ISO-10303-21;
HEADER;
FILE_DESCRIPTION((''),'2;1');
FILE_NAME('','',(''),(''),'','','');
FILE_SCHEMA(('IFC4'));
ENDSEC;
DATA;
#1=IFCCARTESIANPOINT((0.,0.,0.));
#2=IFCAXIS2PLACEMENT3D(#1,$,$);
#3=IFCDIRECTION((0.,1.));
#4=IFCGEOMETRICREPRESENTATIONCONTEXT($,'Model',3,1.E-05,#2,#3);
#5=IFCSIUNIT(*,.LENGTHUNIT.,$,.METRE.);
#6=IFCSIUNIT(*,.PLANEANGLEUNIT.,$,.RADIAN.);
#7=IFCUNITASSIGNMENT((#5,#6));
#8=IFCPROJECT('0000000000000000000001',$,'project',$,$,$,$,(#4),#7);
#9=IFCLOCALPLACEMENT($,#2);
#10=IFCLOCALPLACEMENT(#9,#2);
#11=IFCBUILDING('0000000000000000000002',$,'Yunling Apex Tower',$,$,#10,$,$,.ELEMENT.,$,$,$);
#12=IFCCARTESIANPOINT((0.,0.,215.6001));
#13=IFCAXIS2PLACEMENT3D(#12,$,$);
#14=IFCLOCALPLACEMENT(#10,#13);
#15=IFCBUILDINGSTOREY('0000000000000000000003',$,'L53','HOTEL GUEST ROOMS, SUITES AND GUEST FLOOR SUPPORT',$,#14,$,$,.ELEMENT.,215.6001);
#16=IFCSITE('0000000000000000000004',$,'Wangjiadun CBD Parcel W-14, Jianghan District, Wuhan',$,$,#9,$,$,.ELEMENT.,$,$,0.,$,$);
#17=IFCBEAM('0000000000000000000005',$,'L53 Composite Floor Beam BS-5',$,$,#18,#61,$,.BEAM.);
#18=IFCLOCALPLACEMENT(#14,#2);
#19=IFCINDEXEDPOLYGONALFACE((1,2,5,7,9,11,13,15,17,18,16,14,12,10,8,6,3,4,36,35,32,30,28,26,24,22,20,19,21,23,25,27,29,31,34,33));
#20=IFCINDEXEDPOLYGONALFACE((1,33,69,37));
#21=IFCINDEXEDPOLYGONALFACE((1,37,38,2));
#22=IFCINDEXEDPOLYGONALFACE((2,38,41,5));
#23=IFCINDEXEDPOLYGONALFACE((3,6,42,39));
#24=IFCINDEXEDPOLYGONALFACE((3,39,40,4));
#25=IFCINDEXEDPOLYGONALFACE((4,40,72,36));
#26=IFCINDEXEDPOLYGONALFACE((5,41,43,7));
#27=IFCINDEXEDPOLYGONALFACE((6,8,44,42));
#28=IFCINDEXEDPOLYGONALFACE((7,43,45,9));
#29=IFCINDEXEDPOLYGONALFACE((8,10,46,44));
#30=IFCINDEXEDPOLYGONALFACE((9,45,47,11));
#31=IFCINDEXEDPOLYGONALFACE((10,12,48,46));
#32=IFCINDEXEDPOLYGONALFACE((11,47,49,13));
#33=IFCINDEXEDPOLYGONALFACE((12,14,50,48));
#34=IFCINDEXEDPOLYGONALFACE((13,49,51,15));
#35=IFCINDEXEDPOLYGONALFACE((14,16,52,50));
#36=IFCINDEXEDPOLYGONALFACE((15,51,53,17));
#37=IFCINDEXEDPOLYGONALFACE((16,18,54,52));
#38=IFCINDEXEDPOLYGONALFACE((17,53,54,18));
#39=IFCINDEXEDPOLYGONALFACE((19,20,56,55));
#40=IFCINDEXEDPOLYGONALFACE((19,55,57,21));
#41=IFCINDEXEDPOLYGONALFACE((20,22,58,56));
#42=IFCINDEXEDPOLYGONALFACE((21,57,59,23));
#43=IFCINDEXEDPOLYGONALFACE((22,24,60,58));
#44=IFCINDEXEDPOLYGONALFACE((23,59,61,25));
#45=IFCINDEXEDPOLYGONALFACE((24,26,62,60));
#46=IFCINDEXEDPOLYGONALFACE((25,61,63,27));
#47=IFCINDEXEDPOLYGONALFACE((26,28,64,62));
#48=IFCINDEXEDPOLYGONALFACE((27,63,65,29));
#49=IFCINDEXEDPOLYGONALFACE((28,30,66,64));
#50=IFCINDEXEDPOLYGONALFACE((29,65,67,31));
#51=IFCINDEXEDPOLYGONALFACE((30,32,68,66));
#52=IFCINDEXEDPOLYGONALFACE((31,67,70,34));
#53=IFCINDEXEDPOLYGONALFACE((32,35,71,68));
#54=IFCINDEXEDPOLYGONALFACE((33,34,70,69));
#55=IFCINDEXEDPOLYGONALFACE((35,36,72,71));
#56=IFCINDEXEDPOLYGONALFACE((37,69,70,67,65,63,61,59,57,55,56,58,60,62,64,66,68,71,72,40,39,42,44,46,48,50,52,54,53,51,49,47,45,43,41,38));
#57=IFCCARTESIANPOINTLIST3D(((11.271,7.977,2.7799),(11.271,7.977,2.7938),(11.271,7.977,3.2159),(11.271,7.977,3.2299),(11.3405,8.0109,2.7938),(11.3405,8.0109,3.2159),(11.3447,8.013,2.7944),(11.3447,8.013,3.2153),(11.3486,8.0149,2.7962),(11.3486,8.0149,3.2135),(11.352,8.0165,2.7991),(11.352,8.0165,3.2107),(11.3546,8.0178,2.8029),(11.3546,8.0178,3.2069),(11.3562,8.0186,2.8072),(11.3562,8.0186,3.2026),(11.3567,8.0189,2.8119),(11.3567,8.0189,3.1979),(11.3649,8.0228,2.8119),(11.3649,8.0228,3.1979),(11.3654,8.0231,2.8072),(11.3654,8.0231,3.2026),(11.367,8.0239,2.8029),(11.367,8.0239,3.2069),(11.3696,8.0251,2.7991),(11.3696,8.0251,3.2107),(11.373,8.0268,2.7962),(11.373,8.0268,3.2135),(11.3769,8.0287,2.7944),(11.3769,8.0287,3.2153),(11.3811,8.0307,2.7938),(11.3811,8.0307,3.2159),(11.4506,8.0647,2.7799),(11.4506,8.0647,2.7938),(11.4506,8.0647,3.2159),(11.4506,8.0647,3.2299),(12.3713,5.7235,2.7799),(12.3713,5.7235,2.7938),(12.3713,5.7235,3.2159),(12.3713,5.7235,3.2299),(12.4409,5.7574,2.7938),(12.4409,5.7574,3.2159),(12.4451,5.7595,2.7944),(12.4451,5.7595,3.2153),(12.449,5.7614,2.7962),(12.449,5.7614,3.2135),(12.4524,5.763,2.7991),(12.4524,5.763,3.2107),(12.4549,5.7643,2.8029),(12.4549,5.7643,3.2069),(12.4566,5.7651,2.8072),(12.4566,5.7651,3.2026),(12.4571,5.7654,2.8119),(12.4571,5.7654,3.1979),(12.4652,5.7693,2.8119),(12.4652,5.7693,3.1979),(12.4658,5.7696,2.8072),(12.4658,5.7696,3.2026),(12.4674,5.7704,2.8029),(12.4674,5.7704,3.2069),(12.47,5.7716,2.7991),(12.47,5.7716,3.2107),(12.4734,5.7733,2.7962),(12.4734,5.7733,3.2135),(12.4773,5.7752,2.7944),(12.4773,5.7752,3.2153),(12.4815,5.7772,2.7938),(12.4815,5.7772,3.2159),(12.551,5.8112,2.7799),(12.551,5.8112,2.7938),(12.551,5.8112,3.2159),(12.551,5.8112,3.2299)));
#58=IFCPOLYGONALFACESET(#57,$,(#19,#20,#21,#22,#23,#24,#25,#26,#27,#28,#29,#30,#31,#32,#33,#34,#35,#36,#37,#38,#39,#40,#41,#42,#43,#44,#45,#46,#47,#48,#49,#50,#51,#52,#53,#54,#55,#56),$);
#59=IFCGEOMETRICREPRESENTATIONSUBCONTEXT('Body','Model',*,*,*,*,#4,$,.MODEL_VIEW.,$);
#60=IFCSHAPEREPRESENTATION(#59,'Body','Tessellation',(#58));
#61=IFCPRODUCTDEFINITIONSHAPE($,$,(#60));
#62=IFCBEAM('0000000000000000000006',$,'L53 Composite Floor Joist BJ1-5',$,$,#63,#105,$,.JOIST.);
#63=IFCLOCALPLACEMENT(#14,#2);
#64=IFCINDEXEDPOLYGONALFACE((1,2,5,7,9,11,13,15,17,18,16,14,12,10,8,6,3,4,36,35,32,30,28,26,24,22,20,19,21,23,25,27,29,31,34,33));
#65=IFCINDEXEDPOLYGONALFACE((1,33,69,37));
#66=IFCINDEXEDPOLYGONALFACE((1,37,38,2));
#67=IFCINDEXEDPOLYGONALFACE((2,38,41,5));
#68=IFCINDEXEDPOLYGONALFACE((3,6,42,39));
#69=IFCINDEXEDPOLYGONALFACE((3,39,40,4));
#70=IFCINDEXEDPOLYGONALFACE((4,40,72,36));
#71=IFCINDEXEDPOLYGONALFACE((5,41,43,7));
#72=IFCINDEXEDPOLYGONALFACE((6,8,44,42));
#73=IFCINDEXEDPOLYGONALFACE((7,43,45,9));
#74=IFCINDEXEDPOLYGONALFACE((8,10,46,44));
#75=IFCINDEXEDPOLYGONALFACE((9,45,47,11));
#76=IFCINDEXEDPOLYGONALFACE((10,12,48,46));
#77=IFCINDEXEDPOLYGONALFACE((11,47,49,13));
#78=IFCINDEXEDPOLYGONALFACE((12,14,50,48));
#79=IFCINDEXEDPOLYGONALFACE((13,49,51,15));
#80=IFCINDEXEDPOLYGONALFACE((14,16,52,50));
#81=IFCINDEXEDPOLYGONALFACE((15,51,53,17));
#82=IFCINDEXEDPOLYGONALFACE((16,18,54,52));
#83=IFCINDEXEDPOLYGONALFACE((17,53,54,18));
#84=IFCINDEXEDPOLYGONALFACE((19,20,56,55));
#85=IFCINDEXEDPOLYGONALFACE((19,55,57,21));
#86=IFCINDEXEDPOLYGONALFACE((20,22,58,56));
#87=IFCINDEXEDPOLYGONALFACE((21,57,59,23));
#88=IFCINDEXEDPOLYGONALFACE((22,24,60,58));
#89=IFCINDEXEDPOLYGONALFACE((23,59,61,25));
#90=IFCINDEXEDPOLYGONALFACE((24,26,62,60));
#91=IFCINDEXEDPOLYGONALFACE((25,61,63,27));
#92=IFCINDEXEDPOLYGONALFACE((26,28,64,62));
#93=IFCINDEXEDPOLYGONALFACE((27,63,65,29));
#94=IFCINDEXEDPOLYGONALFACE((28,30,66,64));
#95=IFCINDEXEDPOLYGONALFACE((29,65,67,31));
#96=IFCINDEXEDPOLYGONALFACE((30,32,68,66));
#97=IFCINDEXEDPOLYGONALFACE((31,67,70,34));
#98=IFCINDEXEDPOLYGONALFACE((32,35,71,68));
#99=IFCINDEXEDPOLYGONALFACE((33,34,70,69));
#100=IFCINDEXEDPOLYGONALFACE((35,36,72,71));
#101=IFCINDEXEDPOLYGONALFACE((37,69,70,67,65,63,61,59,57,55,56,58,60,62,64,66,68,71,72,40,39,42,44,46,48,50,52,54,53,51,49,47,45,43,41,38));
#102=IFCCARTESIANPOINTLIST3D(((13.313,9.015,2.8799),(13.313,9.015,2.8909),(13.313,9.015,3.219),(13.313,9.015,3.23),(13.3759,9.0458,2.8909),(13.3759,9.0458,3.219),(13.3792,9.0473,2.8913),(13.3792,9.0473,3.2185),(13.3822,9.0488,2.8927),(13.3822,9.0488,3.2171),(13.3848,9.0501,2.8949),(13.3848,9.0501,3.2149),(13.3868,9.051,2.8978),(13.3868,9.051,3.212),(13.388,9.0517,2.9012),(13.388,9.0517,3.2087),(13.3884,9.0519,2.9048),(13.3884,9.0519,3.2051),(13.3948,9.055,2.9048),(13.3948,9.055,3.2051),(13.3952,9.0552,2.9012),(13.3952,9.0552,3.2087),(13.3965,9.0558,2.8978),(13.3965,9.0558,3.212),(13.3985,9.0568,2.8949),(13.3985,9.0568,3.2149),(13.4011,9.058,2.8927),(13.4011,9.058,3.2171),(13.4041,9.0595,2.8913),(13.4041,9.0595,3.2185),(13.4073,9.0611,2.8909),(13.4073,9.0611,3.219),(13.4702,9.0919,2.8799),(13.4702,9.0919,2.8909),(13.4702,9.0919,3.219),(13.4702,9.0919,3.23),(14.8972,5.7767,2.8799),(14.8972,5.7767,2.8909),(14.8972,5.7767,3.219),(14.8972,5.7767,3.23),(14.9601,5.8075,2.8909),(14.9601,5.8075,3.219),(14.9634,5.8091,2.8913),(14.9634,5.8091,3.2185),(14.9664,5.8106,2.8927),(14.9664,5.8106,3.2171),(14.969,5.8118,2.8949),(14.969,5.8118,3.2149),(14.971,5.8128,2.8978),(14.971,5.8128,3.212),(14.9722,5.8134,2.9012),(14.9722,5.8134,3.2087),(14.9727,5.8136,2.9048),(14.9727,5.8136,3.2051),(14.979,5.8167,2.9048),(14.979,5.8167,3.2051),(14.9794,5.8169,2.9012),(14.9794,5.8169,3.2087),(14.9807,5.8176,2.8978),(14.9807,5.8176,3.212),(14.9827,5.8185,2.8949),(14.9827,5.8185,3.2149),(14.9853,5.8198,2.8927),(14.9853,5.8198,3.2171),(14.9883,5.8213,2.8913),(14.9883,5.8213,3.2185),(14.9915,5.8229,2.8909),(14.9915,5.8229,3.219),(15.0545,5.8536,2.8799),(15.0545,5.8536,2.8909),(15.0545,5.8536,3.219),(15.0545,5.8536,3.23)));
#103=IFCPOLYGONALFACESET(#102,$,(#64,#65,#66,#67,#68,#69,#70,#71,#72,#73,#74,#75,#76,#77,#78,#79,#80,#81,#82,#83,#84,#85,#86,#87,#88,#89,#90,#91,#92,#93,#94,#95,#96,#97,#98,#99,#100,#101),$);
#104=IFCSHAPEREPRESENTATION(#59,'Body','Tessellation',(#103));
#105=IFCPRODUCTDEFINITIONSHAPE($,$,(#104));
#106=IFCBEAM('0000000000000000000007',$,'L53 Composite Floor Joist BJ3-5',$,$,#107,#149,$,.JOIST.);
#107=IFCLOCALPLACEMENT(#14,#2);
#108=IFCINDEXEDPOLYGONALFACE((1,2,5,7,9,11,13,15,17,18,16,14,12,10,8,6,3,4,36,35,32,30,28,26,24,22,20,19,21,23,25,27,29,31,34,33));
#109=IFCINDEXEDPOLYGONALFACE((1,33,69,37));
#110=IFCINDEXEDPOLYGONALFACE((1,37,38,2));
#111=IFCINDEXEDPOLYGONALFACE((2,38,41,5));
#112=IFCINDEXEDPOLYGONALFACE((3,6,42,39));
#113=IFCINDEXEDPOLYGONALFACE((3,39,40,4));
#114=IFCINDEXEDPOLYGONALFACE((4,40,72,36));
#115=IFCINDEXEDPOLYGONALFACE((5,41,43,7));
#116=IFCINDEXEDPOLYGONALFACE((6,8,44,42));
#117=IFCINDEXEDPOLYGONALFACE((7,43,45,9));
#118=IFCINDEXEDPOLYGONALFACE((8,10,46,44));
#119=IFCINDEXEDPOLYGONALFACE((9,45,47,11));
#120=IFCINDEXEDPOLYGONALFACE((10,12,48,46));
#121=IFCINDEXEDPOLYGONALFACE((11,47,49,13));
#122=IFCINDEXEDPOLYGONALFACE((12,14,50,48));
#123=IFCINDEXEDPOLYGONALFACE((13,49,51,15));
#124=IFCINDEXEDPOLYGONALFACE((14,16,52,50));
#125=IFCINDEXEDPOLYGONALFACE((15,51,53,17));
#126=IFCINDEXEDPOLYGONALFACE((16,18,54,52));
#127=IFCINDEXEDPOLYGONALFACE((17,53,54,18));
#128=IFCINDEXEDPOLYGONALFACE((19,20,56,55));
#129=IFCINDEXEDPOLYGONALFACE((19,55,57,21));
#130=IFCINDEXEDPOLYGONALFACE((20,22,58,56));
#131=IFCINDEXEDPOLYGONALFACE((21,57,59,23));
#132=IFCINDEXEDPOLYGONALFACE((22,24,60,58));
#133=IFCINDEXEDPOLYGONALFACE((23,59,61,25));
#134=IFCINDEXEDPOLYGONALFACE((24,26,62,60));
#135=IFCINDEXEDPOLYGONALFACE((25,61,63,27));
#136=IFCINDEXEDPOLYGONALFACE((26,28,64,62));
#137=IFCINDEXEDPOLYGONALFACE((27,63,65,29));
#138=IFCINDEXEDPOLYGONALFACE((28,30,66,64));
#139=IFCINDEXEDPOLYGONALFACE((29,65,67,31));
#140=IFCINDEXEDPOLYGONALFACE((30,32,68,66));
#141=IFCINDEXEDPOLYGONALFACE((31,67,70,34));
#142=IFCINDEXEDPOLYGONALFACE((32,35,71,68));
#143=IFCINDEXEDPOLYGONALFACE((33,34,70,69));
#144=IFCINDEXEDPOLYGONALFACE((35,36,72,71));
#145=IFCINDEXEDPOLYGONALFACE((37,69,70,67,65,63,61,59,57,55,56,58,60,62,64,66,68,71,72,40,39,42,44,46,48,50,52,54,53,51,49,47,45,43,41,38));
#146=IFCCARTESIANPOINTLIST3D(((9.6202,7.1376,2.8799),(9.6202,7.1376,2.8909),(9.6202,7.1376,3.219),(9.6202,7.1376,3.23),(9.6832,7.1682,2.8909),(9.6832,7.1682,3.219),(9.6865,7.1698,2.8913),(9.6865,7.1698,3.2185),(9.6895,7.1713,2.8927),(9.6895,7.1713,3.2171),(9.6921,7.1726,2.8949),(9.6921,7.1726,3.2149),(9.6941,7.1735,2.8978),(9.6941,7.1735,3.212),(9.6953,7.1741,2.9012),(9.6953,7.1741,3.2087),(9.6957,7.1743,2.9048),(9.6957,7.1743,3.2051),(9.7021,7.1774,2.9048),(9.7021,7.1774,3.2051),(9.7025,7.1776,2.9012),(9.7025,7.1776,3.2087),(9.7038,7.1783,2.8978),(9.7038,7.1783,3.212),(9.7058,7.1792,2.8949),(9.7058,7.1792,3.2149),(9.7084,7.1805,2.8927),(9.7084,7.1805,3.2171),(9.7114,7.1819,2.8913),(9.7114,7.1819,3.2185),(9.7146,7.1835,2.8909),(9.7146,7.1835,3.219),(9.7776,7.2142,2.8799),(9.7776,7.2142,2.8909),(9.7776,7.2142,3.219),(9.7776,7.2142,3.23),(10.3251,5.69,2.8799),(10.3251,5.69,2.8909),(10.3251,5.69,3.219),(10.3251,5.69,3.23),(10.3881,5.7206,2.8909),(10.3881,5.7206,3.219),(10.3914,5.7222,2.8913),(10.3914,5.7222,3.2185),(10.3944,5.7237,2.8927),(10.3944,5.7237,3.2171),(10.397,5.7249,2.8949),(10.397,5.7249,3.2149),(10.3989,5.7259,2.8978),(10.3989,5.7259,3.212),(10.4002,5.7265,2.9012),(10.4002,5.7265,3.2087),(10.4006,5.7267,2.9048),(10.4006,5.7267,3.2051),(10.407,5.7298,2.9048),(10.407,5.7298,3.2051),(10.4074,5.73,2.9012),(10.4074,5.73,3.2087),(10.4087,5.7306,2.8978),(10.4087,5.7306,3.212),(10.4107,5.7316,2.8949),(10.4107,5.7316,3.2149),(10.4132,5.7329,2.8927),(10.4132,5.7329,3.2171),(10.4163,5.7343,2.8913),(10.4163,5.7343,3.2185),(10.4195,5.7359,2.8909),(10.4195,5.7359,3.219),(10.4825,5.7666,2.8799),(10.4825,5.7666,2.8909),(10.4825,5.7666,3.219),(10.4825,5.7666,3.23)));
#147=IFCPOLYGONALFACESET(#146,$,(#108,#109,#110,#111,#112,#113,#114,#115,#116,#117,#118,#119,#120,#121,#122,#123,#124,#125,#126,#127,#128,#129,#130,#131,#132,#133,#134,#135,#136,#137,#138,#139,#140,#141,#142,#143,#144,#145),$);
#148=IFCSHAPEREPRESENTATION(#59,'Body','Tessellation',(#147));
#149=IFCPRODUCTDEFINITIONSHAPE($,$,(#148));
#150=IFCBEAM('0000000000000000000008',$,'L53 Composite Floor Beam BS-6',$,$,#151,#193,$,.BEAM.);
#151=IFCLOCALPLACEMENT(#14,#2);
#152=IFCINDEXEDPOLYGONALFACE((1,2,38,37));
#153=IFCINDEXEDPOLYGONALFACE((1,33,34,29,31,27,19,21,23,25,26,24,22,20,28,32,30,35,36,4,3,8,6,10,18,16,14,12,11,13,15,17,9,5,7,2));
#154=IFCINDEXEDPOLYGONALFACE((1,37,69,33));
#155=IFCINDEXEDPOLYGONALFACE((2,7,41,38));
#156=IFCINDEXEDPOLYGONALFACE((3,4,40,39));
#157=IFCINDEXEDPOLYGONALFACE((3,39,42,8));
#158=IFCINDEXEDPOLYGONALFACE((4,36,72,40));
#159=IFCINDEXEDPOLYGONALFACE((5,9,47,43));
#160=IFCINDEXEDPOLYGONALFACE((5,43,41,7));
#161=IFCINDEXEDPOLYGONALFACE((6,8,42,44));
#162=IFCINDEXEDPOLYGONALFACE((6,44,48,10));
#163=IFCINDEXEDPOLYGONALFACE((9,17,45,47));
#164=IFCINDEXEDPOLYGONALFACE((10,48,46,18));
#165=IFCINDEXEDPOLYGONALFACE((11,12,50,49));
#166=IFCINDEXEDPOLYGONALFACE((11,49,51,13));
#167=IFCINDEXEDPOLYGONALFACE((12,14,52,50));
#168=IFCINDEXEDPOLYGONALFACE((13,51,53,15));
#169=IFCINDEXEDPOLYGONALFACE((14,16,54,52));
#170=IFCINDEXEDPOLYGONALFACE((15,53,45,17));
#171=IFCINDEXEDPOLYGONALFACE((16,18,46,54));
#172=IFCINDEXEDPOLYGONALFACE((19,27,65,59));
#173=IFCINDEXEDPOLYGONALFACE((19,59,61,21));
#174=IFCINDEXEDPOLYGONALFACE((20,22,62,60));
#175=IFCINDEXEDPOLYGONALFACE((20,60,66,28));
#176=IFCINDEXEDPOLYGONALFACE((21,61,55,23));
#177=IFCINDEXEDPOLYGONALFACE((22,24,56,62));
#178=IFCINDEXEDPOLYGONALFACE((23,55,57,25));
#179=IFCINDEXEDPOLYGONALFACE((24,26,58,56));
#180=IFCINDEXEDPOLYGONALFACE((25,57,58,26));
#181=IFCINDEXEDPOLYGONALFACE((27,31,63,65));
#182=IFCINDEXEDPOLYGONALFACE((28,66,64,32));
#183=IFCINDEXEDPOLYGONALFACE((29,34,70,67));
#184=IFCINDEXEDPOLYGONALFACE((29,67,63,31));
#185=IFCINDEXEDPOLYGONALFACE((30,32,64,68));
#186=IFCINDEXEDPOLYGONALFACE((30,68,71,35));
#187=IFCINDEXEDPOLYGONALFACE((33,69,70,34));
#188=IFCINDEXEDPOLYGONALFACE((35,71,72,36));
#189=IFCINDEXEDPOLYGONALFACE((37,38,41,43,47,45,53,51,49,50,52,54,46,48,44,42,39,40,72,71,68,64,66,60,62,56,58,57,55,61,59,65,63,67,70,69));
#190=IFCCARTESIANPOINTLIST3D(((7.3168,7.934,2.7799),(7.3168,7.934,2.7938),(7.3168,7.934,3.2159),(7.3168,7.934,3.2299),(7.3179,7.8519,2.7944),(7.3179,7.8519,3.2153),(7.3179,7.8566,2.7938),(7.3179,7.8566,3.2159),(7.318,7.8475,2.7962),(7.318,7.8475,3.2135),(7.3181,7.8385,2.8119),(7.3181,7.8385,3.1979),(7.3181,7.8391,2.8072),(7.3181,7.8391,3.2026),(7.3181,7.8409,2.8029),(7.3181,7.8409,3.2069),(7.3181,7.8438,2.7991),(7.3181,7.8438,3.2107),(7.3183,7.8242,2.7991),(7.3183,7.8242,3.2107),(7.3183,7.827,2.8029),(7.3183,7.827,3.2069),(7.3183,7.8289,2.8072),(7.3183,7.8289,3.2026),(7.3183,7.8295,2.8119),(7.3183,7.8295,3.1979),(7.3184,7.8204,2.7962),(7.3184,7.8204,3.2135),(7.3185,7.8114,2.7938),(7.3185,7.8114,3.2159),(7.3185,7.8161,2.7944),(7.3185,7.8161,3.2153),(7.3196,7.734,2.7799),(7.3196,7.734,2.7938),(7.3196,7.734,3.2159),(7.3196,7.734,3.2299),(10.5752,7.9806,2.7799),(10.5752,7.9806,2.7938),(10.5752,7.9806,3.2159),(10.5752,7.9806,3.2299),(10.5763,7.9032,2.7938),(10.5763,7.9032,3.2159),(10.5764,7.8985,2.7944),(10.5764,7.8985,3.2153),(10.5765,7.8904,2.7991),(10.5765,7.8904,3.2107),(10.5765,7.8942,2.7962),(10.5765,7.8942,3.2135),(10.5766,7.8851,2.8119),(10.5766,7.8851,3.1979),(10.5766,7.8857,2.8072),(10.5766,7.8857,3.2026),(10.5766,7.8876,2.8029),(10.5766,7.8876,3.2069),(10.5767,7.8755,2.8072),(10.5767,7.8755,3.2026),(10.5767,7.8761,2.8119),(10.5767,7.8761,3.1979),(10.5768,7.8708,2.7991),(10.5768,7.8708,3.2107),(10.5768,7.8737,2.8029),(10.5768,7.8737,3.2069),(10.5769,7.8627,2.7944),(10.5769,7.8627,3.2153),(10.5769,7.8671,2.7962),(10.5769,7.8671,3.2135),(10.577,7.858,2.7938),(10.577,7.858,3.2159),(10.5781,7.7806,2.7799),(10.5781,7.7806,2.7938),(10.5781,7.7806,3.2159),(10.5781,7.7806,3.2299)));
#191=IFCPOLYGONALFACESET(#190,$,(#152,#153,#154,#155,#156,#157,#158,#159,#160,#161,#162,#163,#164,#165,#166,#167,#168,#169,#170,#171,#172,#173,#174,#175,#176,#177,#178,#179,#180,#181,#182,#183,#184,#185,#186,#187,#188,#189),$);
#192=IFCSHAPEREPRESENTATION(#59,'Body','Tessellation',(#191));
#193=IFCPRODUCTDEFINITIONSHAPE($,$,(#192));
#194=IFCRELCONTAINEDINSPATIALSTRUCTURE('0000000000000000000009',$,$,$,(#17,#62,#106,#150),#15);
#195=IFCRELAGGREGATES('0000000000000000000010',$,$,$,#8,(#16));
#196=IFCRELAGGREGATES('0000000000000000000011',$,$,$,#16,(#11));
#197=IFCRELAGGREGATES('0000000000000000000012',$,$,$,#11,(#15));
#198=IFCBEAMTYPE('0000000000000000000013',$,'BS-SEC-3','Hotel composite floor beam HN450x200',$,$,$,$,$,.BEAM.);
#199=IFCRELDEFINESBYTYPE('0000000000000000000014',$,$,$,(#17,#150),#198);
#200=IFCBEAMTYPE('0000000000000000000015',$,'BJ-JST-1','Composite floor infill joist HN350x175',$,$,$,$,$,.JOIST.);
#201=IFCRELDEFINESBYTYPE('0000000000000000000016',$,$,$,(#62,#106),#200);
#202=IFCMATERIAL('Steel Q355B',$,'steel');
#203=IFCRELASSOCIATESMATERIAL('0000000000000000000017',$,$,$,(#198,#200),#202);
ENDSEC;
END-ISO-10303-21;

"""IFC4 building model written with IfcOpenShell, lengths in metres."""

from ifc_helpers import new_model, si_unit, direction, frame, origin, origin_2d, place, context, subcontext, project, spatial, i_section, extrude, source, transform, mapped, material, material_profile, profile_set, type_object, element, save


model = new_model("IFC4")

# Units and contexts
model_context = context("Model", 3, precision=1e-05, world=origin(), true_north=direction((0.0, 1.0)))
body_context = subcontext(model_context, "Body", "Model", "MODEL_VIEW")
ifc_project = project(units=[si_unit("LENGTHUNIT", "METRE"), si_unit("PLANEANGLEUNIT", "RADIAN")], contexts=[model_context])

# Site, building, storey
site_placement = place(None, origin())
site = spatial("IfcSite", under=ifc_project, at=site_placement, Name="Wangjiadun CBD Parcel W-14, Jianghan District, Wuhan", CompositionType="ELEMENT", RefElevation=0.0)
building_placement = place(site_placement, origin())
building = spatial("IfcBuilding", under=site, at=building_placement, Name="Yunling Apex Tower", CompositionType="ELEMENT")
storey_placement = place(building_placement, frame((0.0, 0.0, 215.6001)))
storey = spatial("IfcBuildingStorey", under=building, at=storey_placement, Name="L53", Description="HOTEL GUEST ROOMS, SUITES AND GUEST FLOOR SUPPORT", CompositionType="ELEMENT", Elevation=215.6001)

# Beams
ifc_material_1 = material(Name="Steel Q355B", Category="steel")
ifc_material_profile_1 = material_profile(ifc_material_1, i_section(OverallWidth=0.2, OverallDepth=0.45, WebThickness=0.009, FlangeThickness=0.0139, FilletRadius=0.0181, at=origin_2d()))
ifc_profile_set_1 = profile_set([ifc_material_profile_1], Name="Steel Q355B")
beam_type_1 = type_object("IfcBeamType", Name="BS-SEC-3", Description="Hotel composite floor beam HN450x200", PredefinedType="BEAM", material=ifc_profile_set_1)
shared_shape_1 = source(origin(), body_context, "Body", "SweptSolid", [
    extrude(i_section(OverallWidth=0.2, OverallDepth=0.45, WebThickness=0.009, FlangeThickness=0.0139, FilletRadius=0.0181, at=origin_2d()), origin(), (0.0, 0.0, 1.0), 2.5078),
])
beam_1_placement = place(storey_placement, frame((12.4612, 5.7673, 3.0049), z_axis=(-0.438782, 0.898593, 0.0), x_axis=(-0.898593, -0.438782, 0.0)))
element("IfcBeam", 1, at=beam_1_placement, inside=storey, type_object=beam_type_1, Name="L53 Composite Floor Beam BS-5", PredefinedType="BEAM", context=body_context, shape_type="MappedRepresentation", body=[
    mapped(shared_shape_1, transform((0.0, 0.0, 0.0), scale=1.0)),
])
ifc_material_profile_2 = material_profile(ifc_material_1, i_section(OverallWidth=0.175, OverallDepth=0.3501, WebThickness=0.0071, FlangeThickness=0.011, FilletRadius=0.0139, at=origin_2d()))
ifc_profile_set_2 = profile_set([ifc_material_profile_2], Name="Steel Q355B")
beam_type_2 = type_object("IfcBeamType", Name="BJ-JST-1", Description="Composite floor infill joist HN350x175", PredefinedType="JOIST", material=ifc_profile_set_2)
shared_shape_2 = source(origin(), body_context, "Body", "SweptSolid", [
    extrude(i_section(OverallWidth=0.175, OverallDepth=0.3501, WebThickness=0.0071, FlangeThickness=0.011, FilletRadius=0.0139, at=origin_2d()), origin(), (0.0, 0.0, 1.0), 3.605),
])
beam_2_placement = place(storey_placement, frame((14.9758, 5.8152, 3.0549), z_axis=(-0.439449, 0.898267, 0.0), x_axis=(-0.898267, -0.439449, 0.0)))
element("IfcBeam", 2, at=beam_2_placement, inside=storey, type_object=beam_type_2, Name="L53 Composite Floor Joist BJ1-5", PredefinedType="JOIST", context=body_context, shape_type="MappedRepresentation", body=[
    mapped(shared_shape_2, transform((0.0, 0.0, 0.0), scale=1.0)),
])
shared_shape_3 = source(origin(), body_context, "Body", "SweptSolid", [
    extrude(i_section(OverallWidth=0.175, OverallDepth=0.3501, WebThickness=0.0071, FlangeThickness=0.011, FilletRadius=0.0139, at=origin_2d()), origin(), (0.0, 0.0, 1.0), 1.6101),
])
beam_3_placement = place(storey_placement, frame((10.4038, 5.7283, 3.0549), z_axis=(-0.437787, 0.899079, 0.0), x_axis=(-0.899079, -0.437787, 0.0)))
element("IfcBeam", 3, at=beam_3_placement, inside=storey, type_object=beam_type_2, Name="L53 Composite Floor Joist BJ3-5", PredefinedType="JOIST", context=body_context, shape_type="MappedRepresentation", body=[
    mapped(shared_shape_3, transform((0.0, 0.0, 0.0), scale=1.0)),
])
shared_shape_4 = source(origin(), body_context, "Body", "SweptSolid", [
    extrude(i_section(OverallWidth=0.2, OverallDepth=0.45, WebThickness=0.009, FlangeThickness=0.0139, FilletRadius=0.0181, at=origin_2d()), origin(), (0.0, 0.0, 1.0), 3.2588),
])
beam_4_placement = place(storey_placement, frame((10.5767, 7.8806, 3.0049), z_axis=(-0.999898, -0.014309, 0.0), x_axis=(0.014309, -0.999898, 0.0)))
element("IfcBeam", 4, at=beam_4_placement, inside=storey, type_object=beam_type_1, Name="L53 Composite Floor Beam BS-6", PredefinedType="BEAM", context=body_context, shape_type="MappedRepresentation", body=[
    mapped(shared_shape_4, transform((0.0, 0.0, 0.0), scale=1.0)),
])

save(model, "model.ifc")
